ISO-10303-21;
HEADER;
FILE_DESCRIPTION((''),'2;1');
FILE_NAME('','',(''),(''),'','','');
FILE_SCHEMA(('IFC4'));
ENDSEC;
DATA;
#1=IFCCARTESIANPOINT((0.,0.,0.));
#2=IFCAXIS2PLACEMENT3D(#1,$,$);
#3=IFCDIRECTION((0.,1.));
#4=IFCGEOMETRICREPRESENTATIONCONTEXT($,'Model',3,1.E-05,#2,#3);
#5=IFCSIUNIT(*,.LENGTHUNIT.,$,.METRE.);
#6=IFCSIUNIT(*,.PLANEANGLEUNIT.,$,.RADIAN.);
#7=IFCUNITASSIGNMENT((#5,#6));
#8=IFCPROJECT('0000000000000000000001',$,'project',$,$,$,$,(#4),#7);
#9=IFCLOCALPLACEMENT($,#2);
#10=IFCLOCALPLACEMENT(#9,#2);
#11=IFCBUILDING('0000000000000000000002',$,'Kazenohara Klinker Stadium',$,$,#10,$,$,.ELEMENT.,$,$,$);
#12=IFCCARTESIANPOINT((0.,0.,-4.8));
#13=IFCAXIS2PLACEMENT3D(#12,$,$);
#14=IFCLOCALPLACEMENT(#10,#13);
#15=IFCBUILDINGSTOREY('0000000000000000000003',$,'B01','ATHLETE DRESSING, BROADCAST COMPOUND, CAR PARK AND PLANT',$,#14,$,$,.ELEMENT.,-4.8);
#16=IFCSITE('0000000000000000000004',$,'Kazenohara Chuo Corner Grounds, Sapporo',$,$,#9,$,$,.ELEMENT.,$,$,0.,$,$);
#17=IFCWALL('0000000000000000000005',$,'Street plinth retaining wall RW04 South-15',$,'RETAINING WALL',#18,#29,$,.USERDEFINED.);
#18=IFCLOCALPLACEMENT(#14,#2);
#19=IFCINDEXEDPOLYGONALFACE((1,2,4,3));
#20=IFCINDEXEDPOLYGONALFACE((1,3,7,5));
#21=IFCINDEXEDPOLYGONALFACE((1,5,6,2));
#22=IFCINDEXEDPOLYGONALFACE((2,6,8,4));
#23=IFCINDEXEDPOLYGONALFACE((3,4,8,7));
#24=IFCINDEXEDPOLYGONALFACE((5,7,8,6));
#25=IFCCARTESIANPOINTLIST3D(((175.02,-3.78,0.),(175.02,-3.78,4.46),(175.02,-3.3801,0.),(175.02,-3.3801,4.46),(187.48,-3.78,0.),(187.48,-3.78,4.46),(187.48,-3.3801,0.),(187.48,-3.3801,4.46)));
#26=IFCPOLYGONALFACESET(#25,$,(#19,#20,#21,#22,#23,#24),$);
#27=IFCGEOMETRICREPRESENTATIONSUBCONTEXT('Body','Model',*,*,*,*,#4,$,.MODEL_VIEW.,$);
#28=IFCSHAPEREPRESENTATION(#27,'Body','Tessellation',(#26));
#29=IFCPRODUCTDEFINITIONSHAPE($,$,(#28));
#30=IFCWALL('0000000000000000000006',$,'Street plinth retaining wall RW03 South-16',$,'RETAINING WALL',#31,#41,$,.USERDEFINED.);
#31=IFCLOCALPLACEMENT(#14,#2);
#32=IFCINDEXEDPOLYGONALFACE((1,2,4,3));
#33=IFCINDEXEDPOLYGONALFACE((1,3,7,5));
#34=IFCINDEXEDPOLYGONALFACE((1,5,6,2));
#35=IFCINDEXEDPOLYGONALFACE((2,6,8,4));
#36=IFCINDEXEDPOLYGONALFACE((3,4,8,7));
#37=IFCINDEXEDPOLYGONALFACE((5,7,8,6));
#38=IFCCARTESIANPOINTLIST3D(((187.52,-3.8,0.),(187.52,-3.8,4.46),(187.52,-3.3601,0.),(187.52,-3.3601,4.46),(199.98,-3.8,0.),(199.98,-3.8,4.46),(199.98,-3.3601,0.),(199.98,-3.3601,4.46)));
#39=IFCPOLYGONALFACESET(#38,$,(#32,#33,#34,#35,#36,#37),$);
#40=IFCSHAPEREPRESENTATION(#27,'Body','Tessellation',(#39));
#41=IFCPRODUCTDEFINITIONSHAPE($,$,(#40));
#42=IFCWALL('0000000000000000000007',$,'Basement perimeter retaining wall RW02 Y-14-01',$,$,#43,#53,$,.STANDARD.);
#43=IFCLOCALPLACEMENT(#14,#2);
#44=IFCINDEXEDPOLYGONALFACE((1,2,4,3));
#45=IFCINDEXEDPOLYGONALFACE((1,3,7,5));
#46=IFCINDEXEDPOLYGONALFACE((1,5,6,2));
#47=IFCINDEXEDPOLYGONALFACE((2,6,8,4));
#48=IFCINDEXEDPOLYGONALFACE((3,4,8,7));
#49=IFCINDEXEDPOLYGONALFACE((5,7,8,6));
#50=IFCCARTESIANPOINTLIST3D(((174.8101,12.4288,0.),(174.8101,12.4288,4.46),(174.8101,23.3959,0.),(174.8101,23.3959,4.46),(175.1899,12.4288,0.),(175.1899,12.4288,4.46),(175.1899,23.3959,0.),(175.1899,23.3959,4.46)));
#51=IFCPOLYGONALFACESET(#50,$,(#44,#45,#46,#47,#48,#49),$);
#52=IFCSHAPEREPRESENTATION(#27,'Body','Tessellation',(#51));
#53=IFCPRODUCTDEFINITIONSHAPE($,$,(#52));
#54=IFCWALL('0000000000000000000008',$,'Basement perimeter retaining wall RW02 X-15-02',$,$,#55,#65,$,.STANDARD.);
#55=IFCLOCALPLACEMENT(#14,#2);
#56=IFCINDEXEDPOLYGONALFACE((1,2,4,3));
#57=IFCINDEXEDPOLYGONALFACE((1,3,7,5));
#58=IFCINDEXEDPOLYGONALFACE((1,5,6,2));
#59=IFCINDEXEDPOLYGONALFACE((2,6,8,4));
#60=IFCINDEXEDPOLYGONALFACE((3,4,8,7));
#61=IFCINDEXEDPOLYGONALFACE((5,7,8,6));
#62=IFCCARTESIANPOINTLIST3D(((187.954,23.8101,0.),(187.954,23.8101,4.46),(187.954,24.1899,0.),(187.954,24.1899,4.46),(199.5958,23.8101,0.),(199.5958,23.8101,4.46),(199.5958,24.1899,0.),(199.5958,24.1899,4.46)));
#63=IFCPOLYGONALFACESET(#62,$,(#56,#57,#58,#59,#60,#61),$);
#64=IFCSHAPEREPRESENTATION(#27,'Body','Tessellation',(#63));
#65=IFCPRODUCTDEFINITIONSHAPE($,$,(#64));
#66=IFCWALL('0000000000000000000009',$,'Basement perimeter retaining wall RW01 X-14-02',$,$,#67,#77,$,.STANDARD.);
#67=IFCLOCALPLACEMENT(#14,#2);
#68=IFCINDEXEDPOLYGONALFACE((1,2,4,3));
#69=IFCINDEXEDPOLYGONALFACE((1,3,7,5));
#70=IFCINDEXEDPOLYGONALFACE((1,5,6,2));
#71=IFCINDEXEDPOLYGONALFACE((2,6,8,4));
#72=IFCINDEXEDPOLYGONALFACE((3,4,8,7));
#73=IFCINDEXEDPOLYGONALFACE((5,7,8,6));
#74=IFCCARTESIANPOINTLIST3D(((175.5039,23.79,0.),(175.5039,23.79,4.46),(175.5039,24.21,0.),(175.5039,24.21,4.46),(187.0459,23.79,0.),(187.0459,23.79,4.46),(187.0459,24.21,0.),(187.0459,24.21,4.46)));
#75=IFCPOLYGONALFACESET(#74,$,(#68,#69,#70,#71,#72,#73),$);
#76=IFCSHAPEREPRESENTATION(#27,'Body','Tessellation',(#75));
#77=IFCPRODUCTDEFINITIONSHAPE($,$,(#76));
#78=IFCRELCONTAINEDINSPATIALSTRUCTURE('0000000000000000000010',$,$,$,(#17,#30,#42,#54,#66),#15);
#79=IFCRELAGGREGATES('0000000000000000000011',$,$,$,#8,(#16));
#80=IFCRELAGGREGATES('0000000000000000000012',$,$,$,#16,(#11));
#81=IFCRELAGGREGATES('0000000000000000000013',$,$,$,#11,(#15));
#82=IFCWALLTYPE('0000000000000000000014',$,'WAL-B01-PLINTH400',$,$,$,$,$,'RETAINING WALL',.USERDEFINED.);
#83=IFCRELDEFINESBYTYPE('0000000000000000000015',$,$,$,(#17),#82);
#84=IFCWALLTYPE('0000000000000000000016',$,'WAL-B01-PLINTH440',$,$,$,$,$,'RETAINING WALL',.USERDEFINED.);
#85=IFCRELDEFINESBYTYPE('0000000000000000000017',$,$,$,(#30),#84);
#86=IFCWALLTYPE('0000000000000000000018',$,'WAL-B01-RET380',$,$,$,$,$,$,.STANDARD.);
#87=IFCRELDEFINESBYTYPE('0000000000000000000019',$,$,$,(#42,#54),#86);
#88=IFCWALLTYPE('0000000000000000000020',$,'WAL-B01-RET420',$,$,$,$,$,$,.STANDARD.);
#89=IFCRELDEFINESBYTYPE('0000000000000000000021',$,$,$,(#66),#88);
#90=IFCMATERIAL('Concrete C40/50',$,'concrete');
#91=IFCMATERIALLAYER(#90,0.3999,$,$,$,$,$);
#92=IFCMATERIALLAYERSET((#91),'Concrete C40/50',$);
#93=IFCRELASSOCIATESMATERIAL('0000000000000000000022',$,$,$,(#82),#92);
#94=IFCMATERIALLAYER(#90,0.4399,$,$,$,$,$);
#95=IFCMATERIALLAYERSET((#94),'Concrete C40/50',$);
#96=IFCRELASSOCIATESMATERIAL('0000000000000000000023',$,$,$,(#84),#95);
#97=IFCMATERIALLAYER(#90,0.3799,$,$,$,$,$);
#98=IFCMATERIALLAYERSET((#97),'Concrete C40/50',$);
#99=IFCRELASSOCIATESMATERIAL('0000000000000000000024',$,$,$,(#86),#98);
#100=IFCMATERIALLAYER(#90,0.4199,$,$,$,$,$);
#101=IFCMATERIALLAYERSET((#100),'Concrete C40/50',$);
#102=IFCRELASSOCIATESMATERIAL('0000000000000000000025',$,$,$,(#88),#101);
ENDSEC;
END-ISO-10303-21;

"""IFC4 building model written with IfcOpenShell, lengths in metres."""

from ifc_helpers import new_model, si_unit, direction, frame, frame_2d, origin, place, context, subcontext, project, spatial, rectangle, extrude, material, layer, layer_set, type_object, element, save


model = new_model("IFC4")

# Units and contexts
model_context = context("Model", 3, precision=1e-05, world=origin(), true_north=direction((0.0, 1.0)))
body_context = subcontext(model_context, "Body", "Model", "MODEL_VIEW")
ifc_project = project(units=[si_unit("LENGTHUNIT", "METRE"), si_unit("PLANEANGLEUNIT", "RADIAN")], contexts=[model_context])

# Site, building, storey
site_placement = place(None, origin())
site = spatial("IfcSite", under=ifc_project, at=site_placement, Name="Kazenohara Chuo Corner Grounds, Sapporo", CompositionType="ELEMENT", RefElevation=0.0)
building_placement = place(site_placement, origin())
building = spatial("IfcBuilding", under=site, at=building_placement, Name="Kazenohara Klinker Stadium", CompositionType="ELEMENT")
storey_placement = place(building_placement, frame((0.0, 0.0, -4.8)))
storey = spatial("IfcBuildingStorey", under=building, at=storey_placement, Name="B01", Description="ATHLETE DRESSING, BROADCAST COMPOUND, CAR PARK AND PLANT", CompositionType="ELEMENT", Elevation=-4.8)

# Shared definitions
ifc_material_1 = material(Name="Concrete C40/50", Category="concrete")

# Walls
ifc_layer_1 = layer(ifc_material_1, 0.3999)
ifc_layer_set_1 = layer_set([ifc_layer_1], Name="Concrete C40/50")
wall_type_1 = type_object("IfcWallType", Name="WAL-B01-PLINTH400", ElementType="RETAINING WALL", PredefinedType="USERDEFINED", material=ifc_layer_set_1)
wall_1_placement = place(storey_placement, frame((175.02, -3.5801, 0.0), z_axis=(0.0, 0.0, 1.0), x_axis=(1.0, 0.0, 0.0)))
element("IfcWall", 1, at=wall_1_placement, inside=storey, type_object=wall_type_1, Name="Street plinth retaining wall RW04 South-15", ObjectType="RETAINING WALL", PredefinedType="USERDEFINED", context=body_context, shape_type="SweptSolid", body=[
    extrude(rectangle(XDim=12.46, YDim=0.3999, at=frame_2d((6.23, 0.0))), origin(), (0.0, 0.0, 1.0), 4.46),
])
ifc_layer_2 = layer(ifc_material_1, 0.4399)
ifc_layer_set_2 = layer_set([ifc_layer_2], Name="Concrete C40/50")
wall_type_2 = type_object("IfcWallType", Name="WAL-B01-PLINTH440", ElementType="RETAINING WALL", PredefinedType="USERDEFINED", material=ifc_layer_set_2)
wall_2_placement = place(storey_placement, frame((187.52, -3.5801, 0.0), z_axis=(0.0, 0.0, 1.0), x_axis=(1.0, 0.0, 0.0)))
element("IfcWall", 2, at=wall_2_placement, inside=storey, type_object=wall_type_2, Name="Street plinth retaining wall RW03 South-16", ObjectType="RETAINING WALL", PredefinedType="USERDEFINED", context=body_context, shape_type="SweptSolid", body=[
    extrude(rectangle(XDim=12.46, YDim=0.4399, at=frame_2d((6.23, 0.0))), origin(), (0.0, 0.0, 1.0), 4.46),
])
ifc_layer_3 = layer(ifc_material_1, 0.3799)
ifc_layer_set_3 = layer_set([ifc_layer_3], Name="Concrete C40/50")
wall_type_3 = type_object("IfcWallType", Name="WAL-B01-RET380", PredefinedType="STANDARD", material=ifc_layer_set_3)
wall_3_placement = place(storey_placement, frame((175.0, 12.429, 0.0), z_axis=(0.0, 0.0, 1.0), x_axis=(0.0, 1.0, 0.0)))
element("IfcWall", 3, at=wall_3_placement, inside=storey, type_object=wall_type_3, Name="Basement perimeter retaining wall RW02 Y-14-01", PredefinedType="STANDARD", context=body_context, shape_type="SweptSolid", body=[
    extrude(rectangle(XDim=10.967, YDim=0.3799, at=frame_2d((5.4834, 0.0))), origin(), (0.0, 0.0, 1.0), 4.46),
])
wall_4_placement = place(storey_placement, frame((187.9541, 24.0, 0.0), z_axis=(0.0, 0.0, 1.0), x_axis=(1.0, 0.0, 0.0)))
element("IfcWall", 4, at=wall_4_placement, inside=storey, type_object=wall_type_3, Name="Basement perimeter retaining wall RW02 X-15-02", PredefinedType="STANDARD", context=body_context, shape_type="SweptSolid", body=[
    extrude(rectangle(XDim=11.6418, YDim=0.3799, at=frame_2d((5.8208, 0.0))), origin(), (0.0, 0.0, 1.0), 4.46),
])
ifc_layer_4 = layer(ifc_material_1, 0.4199)
ifc_layer_set_4 = layer_set([ifc_layer_4], Name="Concrete C40/50")
wall_type_4 = type_object("IfcWallType", Name="WAL-B01-RET420", PredefinedType="STANDARD", material=ifc_layer_set_4)
wall_5_placement = place(storey_placement, frame((175.5039, 24.0, 0.0), z_axis=(0.0, 0.0, 1.0), x_axis=(1.0, 0.0, 0.0)))
element("IfcWall", 5, at=wall_5_placement, inside=storey, type_object=wall_type_4, Name="Basement perimeter retaining wall RW01 X-14-02", PredefinedType="STANDARD", context=body_context, shape_type="SweptSolid", body=[
    extrude(rectangle(XDim=11.542, YDim=0.4199, at=frame_2d((5.771, 0.0))), origin(), (0.0, 0.0, 1.0), 4.46),
])

save(model, "model.ifc")
